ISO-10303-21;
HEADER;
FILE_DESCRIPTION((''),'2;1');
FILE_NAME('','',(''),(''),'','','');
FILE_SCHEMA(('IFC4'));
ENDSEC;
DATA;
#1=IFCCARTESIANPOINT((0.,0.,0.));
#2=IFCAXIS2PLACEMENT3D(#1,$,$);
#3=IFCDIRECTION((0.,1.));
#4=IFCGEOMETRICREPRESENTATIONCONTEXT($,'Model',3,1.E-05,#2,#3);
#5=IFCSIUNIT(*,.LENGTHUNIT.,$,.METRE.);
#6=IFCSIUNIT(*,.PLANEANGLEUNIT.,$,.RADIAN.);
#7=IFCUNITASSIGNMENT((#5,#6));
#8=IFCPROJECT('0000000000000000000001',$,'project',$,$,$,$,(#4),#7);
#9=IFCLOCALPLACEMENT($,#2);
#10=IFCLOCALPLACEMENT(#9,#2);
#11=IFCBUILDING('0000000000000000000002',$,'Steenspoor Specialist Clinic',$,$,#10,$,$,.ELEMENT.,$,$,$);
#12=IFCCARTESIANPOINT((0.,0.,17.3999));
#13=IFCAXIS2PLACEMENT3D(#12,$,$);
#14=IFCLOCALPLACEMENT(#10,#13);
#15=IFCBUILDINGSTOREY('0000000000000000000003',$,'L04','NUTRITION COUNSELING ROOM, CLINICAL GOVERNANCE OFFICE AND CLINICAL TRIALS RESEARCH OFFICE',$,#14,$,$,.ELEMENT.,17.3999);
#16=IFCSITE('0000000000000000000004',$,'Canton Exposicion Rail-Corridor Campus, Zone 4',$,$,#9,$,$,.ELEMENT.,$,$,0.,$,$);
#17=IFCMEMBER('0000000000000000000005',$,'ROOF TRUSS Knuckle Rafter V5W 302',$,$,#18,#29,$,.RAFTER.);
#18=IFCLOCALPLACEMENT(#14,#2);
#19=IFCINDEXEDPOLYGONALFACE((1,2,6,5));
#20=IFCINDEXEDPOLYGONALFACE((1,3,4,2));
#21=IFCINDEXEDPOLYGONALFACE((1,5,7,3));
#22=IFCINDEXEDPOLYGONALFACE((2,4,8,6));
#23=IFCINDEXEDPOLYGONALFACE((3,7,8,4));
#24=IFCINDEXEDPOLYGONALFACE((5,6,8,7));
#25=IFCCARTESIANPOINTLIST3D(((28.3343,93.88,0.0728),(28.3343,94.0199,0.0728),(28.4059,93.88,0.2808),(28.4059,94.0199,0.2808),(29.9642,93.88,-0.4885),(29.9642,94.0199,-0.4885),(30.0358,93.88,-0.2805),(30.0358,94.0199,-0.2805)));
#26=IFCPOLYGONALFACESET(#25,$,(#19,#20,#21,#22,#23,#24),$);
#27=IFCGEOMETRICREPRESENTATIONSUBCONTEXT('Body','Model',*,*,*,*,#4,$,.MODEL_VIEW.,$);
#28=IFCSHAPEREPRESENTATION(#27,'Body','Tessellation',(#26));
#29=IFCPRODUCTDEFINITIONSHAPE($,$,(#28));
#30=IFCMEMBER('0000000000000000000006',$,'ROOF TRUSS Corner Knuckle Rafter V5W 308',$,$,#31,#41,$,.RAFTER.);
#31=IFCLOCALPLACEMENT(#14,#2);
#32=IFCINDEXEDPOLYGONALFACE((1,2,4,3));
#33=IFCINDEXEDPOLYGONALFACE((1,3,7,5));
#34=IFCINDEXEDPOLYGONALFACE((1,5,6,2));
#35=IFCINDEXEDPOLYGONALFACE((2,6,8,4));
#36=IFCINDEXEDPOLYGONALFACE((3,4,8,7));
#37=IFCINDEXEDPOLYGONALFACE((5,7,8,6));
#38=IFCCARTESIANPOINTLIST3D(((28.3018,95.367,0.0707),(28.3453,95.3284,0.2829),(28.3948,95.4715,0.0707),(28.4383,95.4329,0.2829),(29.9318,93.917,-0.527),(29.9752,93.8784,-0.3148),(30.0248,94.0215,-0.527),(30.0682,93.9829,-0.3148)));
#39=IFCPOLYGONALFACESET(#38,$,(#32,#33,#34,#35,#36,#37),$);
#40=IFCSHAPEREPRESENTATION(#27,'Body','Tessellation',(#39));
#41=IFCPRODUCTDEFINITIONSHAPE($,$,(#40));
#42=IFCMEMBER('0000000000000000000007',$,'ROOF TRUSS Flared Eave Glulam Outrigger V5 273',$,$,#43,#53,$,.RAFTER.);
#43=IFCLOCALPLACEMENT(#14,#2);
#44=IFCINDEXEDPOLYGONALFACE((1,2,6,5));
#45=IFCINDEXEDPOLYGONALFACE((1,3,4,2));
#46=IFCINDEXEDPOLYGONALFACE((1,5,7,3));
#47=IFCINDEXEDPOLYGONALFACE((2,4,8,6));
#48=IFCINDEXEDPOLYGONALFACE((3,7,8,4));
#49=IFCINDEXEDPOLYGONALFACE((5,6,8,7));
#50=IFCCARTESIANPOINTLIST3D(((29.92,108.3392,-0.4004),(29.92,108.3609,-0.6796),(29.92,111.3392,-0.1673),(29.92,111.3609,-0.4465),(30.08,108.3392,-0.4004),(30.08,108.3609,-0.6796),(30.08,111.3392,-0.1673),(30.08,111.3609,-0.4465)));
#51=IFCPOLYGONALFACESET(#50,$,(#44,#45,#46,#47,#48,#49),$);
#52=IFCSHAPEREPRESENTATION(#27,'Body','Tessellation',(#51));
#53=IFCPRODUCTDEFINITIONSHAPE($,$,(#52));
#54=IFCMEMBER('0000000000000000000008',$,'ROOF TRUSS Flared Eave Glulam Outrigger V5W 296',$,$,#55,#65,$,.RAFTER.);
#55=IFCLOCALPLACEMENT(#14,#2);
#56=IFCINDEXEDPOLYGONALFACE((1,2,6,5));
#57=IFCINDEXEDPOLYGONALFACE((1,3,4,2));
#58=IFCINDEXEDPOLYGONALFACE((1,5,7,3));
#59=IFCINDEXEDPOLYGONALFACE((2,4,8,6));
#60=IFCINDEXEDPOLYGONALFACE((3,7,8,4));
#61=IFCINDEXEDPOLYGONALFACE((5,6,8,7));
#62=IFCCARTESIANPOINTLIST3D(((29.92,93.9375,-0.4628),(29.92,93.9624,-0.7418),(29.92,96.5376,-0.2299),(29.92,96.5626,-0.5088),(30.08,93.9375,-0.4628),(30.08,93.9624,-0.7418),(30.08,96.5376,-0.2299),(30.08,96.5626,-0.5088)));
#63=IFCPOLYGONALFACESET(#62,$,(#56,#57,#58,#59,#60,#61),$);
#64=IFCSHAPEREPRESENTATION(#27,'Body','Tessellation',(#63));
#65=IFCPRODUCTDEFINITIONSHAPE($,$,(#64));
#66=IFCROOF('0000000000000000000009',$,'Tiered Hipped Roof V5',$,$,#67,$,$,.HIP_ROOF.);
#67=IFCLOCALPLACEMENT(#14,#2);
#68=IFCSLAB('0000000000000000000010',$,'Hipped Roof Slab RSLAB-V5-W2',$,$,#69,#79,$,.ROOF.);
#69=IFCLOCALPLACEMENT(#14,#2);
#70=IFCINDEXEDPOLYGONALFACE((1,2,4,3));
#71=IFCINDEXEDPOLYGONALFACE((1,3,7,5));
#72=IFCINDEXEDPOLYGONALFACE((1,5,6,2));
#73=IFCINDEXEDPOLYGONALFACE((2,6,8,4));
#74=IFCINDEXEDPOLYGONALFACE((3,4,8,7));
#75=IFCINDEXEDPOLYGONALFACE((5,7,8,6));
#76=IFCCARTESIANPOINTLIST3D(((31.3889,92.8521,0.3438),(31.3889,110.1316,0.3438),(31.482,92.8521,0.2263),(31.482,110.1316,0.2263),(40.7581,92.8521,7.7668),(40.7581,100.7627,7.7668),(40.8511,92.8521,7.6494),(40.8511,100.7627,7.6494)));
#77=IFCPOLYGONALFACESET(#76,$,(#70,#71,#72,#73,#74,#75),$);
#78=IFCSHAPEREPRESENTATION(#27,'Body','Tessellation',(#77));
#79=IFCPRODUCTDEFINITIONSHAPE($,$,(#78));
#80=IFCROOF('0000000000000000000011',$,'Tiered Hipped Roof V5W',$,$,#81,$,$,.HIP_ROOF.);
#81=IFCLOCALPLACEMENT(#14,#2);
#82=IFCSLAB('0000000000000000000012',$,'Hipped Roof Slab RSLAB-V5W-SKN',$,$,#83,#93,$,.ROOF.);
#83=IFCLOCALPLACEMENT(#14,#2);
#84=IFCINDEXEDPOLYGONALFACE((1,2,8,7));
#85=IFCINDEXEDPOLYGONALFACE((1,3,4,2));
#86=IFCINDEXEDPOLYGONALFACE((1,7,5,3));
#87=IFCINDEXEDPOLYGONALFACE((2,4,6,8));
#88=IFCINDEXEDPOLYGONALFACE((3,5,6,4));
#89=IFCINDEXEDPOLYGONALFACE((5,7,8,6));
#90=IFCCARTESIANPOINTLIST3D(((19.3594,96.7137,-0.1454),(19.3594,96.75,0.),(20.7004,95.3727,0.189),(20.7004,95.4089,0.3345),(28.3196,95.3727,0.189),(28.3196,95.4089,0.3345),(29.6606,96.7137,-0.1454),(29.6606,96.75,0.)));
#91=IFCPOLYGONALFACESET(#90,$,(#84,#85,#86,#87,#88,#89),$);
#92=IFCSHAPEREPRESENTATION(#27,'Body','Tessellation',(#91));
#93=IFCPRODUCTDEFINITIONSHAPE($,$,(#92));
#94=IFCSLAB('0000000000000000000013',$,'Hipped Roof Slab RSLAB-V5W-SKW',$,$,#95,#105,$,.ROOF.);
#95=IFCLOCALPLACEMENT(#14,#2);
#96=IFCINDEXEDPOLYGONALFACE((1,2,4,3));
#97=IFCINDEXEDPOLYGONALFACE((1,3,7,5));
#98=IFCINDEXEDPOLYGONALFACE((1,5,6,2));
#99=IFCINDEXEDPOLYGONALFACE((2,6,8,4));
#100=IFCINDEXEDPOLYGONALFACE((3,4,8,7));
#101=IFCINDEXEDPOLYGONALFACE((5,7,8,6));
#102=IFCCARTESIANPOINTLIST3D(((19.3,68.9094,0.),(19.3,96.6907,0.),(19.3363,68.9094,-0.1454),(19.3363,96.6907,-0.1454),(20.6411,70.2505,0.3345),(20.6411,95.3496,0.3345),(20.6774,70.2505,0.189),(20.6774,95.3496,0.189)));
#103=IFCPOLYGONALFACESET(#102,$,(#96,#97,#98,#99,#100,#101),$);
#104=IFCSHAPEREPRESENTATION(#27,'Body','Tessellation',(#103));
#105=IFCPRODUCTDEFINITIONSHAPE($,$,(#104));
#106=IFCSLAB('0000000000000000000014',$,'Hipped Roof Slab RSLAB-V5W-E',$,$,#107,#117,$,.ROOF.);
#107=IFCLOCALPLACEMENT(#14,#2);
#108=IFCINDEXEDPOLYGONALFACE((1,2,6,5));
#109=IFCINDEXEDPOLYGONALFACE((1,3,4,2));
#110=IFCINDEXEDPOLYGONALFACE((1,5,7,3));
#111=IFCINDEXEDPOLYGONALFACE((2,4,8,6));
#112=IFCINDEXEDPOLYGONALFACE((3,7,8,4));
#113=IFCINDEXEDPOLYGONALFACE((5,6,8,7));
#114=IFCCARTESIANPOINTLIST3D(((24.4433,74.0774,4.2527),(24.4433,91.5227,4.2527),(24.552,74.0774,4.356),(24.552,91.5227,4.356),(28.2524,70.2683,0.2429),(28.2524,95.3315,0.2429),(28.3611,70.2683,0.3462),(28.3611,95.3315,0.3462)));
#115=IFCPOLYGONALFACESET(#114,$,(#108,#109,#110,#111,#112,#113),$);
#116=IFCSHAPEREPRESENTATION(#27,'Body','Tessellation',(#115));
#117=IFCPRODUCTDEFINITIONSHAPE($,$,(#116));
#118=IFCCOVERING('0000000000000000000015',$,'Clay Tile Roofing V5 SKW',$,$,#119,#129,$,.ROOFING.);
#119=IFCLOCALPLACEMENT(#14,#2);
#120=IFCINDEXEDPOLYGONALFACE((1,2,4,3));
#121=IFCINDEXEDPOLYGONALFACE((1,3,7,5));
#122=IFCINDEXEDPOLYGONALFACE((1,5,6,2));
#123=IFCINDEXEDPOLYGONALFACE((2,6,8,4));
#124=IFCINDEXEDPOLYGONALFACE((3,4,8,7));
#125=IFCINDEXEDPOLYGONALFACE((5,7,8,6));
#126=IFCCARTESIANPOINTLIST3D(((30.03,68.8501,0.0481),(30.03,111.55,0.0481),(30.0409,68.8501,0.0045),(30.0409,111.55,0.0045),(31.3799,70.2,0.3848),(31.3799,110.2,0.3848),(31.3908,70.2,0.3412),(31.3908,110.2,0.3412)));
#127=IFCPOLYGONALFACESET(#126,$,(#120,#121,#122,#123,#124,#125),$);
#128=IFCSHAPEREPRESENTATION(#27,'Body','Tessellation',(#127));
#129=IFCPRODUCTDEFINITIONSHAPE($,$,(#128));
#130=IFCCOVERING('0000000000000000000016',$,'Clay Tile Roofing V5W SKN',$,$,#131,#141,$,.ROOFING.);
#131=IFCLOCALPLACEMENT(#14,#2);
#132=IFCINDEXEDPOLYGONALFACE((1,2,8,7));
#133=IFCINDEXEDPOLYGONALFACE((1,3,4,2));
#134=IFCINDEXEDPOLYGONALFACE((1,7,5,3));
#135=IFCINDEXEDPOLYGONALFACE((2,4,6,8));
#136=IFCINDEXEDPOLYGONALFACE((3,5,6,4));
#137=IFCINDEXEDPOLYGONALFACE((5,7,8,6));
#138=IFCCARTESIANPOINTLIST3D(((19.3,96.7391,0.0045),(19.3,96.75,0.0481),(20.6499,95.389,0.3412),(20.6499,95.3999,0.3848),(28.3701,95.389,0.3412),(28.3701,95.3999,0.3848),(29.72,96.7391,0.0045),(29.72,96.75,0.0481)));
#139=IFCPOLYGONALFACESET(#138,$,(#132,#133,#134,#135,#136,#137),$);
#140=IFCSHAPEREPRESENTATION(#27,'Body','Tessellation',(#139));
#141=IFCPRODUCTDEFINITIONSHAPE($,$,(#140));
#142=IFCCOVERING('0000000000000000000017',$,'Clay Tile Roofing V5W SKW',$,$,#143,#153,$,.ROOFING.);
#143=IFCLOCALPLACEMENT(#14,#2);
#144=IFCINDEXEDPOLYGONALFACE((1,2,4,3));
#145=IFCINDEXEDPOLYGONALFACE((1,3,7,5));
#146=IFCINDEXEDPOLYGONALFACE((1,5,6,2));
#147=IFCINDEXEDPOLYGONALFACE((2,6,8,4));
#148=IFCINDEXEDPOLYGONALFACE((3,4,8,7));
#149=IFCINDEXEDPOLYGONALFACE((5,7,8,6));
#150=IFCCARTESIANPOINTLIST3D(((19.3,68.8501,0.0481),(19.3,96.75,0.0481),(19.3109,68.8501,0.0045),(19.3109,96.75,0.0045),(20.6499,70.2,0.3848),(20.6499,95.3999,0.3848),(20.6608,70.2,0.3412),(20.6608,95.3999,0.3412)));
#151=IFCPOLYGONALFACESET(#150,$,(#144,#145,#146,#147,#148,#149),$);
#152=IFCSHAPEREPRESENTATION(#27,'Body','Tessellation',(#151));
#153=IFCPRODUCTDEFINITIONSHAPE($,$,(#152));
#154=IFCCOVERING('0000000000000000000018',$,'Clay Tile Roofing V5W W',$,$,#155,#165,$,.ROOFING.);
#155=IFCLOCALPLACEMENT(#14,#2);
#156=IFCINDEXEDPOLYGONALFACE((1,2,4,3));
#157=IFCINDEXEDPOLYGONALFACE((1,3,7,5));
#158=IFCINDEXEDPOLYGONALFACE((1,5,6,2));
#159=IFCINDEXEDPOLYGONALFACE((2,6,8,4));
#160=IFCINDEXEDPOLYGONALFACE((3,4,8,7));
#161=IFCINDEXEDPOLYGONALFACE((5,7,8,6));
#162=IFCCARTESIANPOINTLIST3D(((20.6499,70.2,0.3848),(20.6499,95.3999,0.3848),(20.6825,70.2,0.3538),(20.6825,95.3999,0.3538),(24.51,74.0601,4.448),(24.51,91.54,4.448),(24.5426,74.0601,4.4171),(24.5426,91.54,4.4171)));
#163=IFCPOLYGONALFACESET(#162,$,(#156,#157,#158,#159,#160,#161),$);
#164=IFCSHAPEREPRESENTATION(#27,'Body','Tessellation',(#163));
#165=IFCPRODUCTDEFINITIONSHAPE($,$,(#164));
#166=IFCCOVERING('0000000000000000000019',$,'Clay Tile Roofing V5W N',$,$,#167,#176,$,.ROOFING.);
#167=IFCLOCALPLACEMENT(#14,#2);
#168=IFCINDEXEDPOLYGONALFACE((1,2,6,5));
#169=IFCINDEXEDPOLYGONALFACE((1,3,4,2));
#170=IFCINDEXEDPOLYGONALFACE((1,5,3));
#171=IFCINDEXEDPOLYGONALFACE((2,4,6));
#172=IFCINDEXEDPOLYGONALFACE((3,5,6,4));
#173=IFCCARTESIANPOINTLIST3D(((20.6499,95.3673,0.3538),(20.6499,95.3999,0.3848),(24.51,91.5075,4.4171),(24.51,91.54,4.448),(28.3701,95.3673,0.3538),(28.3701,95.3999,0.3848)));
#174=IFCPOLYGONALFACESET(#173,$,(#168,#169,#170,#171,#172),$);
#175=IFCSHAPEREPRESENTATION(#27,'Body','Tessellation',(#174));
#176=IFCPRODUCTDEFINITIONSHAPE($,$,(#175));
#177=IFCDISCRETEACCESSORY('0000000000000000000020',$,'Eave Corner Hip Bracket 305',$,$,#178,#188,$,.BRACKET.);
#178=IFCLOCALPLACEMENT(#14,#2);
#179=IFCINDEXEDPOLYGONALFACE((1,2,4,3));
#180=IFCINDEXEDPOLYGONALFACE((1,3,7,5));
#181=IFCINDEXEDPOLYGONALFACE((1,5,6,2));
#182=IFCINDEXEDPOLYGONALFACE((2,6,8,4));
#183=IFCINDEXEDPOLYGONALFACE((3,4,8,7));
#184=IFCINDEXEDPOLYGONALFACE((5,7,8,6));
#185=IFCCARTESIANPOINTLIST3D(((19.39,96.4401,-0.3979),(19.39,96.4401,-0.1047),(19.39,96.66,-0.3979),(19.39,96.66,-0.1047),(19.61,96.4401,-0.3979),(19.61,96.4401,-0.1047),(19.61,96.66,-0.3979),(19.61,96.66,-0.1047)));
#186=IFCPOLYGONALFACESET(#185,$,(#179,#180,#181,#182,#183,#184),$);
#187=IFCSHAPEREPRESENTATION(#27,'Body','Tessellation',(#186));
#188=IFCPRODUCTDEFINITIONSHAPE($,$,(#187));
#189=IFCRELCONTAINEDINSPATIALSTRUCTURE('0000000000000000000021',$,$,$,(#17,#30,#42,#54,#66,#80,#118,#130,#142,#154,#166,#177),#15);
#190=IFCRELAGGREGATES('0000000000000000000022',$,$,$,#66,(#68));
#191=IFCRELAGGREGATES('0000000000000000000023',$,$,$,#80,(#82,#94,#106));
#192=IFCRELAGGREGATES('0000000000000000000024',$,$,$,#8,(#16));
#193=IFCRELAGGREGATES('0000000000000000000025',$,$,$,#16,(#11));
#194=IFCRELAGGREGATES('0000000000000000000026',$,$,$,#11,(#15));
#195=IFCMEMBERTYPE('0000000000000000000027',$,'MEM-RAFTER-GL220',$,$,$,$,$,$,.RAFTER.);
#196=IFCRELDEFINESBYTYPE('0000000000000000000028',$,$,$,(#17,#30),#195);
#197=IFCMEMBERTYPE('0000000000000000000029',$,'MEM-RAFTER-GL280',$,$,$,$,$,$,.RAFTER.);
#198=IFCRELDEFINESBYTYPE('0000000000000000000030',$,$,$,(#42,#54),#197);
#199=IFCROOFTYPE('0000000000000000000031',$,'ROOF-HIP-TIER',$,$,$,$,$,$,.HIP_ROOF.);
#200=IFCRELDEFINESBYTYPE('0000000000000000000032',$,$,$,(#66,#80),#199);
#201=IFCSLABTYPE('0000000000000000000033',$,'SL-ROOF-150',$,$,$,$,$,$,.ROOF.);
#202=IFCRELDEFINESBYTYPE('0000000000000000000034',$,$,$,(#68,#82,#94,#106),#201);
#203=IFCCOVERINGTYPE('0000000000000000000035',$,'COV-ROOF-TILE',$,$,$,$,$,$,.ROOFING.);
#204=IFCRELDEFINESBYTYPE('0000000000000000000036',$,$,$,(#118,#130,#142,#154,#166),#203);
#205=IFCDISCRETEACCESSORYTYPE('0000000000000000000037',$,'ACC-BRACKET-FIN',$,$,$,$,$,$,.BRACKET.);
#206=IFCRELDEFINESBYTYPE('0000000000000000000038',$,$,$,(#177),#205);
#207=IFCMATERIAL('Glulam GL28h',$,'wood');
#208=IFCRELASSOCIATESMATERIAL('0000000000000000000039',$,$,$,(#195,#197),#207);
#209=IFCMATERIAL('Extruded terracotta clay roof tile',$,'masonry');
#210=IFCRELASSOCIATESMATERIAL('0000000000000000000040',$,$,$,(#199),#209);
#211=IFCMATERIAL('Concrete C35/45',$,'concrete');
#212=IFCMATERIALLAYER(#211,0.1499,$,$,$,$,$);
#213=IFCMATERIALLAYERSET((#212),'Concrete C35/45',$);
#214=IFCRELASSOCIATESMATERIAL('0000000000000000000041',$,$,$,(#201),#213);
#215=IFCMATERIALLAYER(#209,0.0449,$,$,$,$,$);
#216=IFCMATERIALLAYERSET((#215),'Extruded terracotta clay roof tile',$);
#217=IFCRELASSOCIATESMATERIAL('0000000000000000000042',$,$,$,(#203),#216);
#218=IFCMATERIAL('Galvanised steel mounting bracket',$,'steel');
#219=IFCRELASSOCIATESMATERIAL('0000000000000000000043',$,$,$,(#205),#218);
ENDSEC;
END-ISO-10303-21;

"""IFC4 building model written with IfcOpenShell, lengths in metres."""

from ifc_helpers import new_model, si_unit, direction, frame, origin, origin_2d, place, context, subcontext, project, spatial, polyline, rectangle, outline, extrude, material, layer, layer_set, material_profile, profile_set, type_object, element, aggregate, save


model = new_model("IFC4")

# Units and contexts
model_context = context("Model", 3, precision=1e-05, world=origin(), true_north=direction((0.0, 1.0)))
body_context = subcontext(model_context, "Body", "Model", "MODEL_VIEW")
ifc_project = project(units=[si_unit("LENGTHUNIT", "METRE"), si_unit("PLANEANGLEUNIT", "RADIAN")], contexts=[model_context])

# Site, building, storey
site_placement = place(None, origin())
site = spatial("IfcSite", under=ifc_project, at=site_placement, Name="Canton Exposicion Rail-Corridor Campus, Zone 4", CompositionType="ELEMENT", RefElevation=0.0)
building_placement = place(site_placement, origin())
building = spatial("IfcBuilding", under=site, at=building_placement, Name="Steenspoor Specialist Clinic", CompositionType="ELEMENT")
storey_placement = place(building_placement, frame((0.0, 0.0, 17.3999)))
storey = spatial("IfcBuildingStorey", under=building, at=storey_placement, Name="L04", Description="NUTRITION COUNSELING ROOM, CLINICAL GOVERNANCE OFFICE AND CLINICAL TRIALS RESEARCH OFFICE", CompositionType="ELEMENT", Elevation=17.3999)

# Members
ifc_material_1 = material(Name="Glulam GL28h", Category="wood")
ifc_material_profile_1 = material_profile(ifc_material_1, rectangle(XDim=0.1399, YDim=0.22, at=origin_2d()), Name="GL28H-140X220")
ifc_profile_set_1 = profile_set([ifc_material_profile_1], Name="Glulam GL28h")
member_type_1 = type_object("IfcMemberType", Name="MEM-RAFTER-GL220", PredefinedType="RAFTER", material=ifc_profile_set_1)
member_1_placement = place(storey_placement, frame((30.0, 93.95, -0.3845), z_axis=(-0.945507, 0.0, 0.325602), x_axis=(0.0, -1.0, 0.0)))
element("IfcMember", 1, at=member_1_placement, inside=storey, type_object=member_type_1, Name="ROOF TRUSS Knuckle Rafter V5W 302", PredefinedType="RAFTER", context=body_context, shape_type="SweptSolid", body=[
    extrude(rectangle(XDim=0.1399, YDim=0.22, at=origin_2d()), origin(), (0.0, 0.0, 1.0), 1.7239),
])
member_2_placement = place(storey_placement, frame((30.0, 93.95, -0.4209), z_axis=(-0.72059, 0.64104, 0.264231), x_axis=(-0.664662, -0.747144, 0.0)))
element("IfcMember", 2, at=member_2_placement, inside=storey, type_object=member_type_1, Name="ROOF TRUSS Corner Knuckle Rafter V5W 308", PredefinedType="RAFTER", context=body_context, shape_type="SweptSolid", body=[
    extrude(rectangle(XDim=0.1399, YDim=0.22, at=origin_2d()), origin(), (0.0, 0.0, 1.0), 2.262),
])
ifc_material_profile_2 = material_profile(ifc_material_1, rectangle(XDim=0.1599, YDim=0.28, at=origin_2d()), Name="GL28H-160X280")
ifc_profile_set_2 = profile_set([ifc_material_profile_2], Name="Glulam GL28h")
member_type_2 = type_object("IfcMemberType", Name="MEM-RAFTER-GL280", PredefinedType="RAFTER", material=ifc_profile_set_2)
member_3_placement = place(storey_placement, frame((30.0, 108.3501, -0.54), z_axis=(0.0, 0.996994, 0.077484), x_axis=(-1.0, 0.0, 0.0)))
element("IfcMember", 3, at=member_3_placement, inside=storey, type_object=member_type_2, Name="ROOF TRUSS Flared Eave Glulam Outrigger V5 273", PredefinedType="RAFTER", context=body_context, shape_type="SweptSolid", body=[
    extrude(rectangle(XDim=0.1599, YDim=0.28, at=origin_2d()), origin(), (0.0, 0.0, 1.0), 3.009),
])
member_4_placement = place(storey_placement, frame((30.0, 93.95, -0.6023), z_axis=(0.0, 0.996012, 0.08922), x_axis=(-1.0, 0.0, 0.0)))
element("IfcMember", 4, at=member_4_placement, inside=storey, type_object=member_type_2, Name="ROOF TRUSS Flared Eave Glulam Outrigger V5W 296", PredefinedType="RAFTER", context=body_context, shape_type="SweptSolid", body=[
    extrude(rectangle(XDim=0.1599, YDim=0.28, at=origin_2d()), origin(), (0.0, 0.0, 1.0), 2.6106),
])

# Roofs, slabs
ifc_material_2 = material(Name="Extruded terracotta clay roof tile", Category="masonry")
roof_type = type_object("IfcRoofType", Name="ROOF-HIP-TIER", PredefinedType="HIP_ROOF", material=ifc_material_2)
roof_1_placement = place(storey_placement, origin())
roof_1 = element("IfcRoof", 5, at=roof_1_placement, inside=storey, type_object=roof_type, Name="Tiered Hipped Roof V5", PredefinedType="HIP_ROOF")
ifc_material_3 = material(Name="Concrete C35/45", Category="concrete")
ifc_layer_1 = layer(ifc_material_3, 0.1499)
ifc_layer_set_1 = layer_set([ifc_layer_1], Name="Concrete C35/45")
slab_type = type_object("IfcSlabType", Name="SL-ROOF-150", PredefinedType="ROOF", material=ifc_layer_set_1)
slab_1_placement = place(storey_placement, frame((31.3889, 110.1316, 0.3438), z_axis=(-0.621004, 0.0, 0.783807), x_axis=(0.0, -1.0, 0.0)))
slab_1 = element("IfcSlab", 6, at=slab_1_placement, type_object=slab_type, Name="Hipped Roof Slab RSLAB-V5-W2", PredefinedType="ROOF", context=body_context, shape_type="SweptSolid", body=[
    extrude(outline(polyline([(0.0, 0.0), (17.2795, 0.0), (17.2795, 11.9534), (9.3689, 11.9534), (0.0, 0.0)])), origin(), (0.0, 0.0, -1.0), 0.1499),
])
aggregate(roof_1, [slab_1])
roof_2_placement = place(storey_placement, origin())
roof_2 = element("IfcRoof", 7, at=roof_2_placement, inside=storey, type_object=roof_type, Name="Tiered Hipped Roof V5W", PredefinedType="HIP_ROOF")
slab_2_placement = place(storey_placement, frame((28.3196, 95.4089, 0.3345), z_axis=(0.0, 0.241995, 0.970277), x_axis=(0.696361, 0.696361, -0.173678)))
slab_2 = element("IfcSlab", 8, at=slab_2_placement, type_object=slab_type, Name="Hipped Roof Slab RSLAB-V5W-SKN", PredefinedType="ROOF", context=body_context, shape_type="SweptSolid", body=[
    extrude(outline(polyline([(0.0, 0.0), (1.9258, 0.0), (-5.2476, 7.3931), (-5.3057, 5.4682), (0.0, 0.0)])), origin(), (0.0, 0.0, -1.0), 0.1499),
])
slab_3_placement = place(storey_placement, frame((20.6411, 95.3496, 0.3345), z_axis=(-0.241995, 0.0, 0.970277), x_axis=(-0.696361, 0.696361, -0.173678)))
slab_3 = element("IfcSlab", 9, at=slab_3_placement, type_object=slab_type, Name="Hipped Roof Slab RSLAB-V5W-SKW", PredefinedType="ROOF", context=body_context, shape_type="SweptSolid", body=[
    extrude(outline(polyline([(0.0, 0.0), (1.9258, 0.0), (-17.4199, 19.9384), (-17.478, 18.0134), (0.0, 0.0)])), origin(), (0.0, 0.0, -1.0), 0.1499),
])
slab_4_placement = place(storey_placement, frame((28.3611, 95.3315, 0.3462), z_axis=(0.725017, 0.0, 0.688731), x_axis=(-0.567229, -0.567192, 0.597113)))
slab_4 = element("IfcSlab", 10, at=slab_4_placement, type_object=slab_type, Name="Hipped Roof Slab RSLAB-V5W-E", PredefinedType="ROOF", context=body_context, shape_type="SweptSolid", body=[
    extrude(outline(polyline([(0.0, 0.0), (6.7152, 0.0), (16.6101, 14.3677), (14.2157, 20.6417), (0.0, 0.0)])), origin(), (0.0, 0.0, -1.0), 0.1499),
])
aggregate(roof_2, [slab_2, slab_3, slab_4])

# Coverings
ifc_layer_2 = layer(ifc_material_2, 0.0449)
ifc_layer_set_2 = layer_set([ifc_layer_2], Name="Extruded terracotta clay roof tile")
covering_type = type_object("IfcCoveringType", Name="COV-ROOF-TILE", PredefinedType="ROOFING", material=ifc_layer_set_2)
covering_1_placement = place(storey_placement, frame((30.03, 111.55, 0.0481), z_axis=(-0.241999, 0.0, 0.970277), x_axis=(0.0, -1.0, 0.0)))
element("IfcCovering", 11, at=covering_1_placement, inside=storey, type_object=covering_type, Name="Clay Tile Roofing V5 SKW", PredefinedType="ROOFING", context=body_context, shape_type="SweptSolid", body=[
    extrude(outline(polyline([(0.0, 0.0), (42.7, 0.0), (41.3501, 1.3912), (1.3501, 1.3912), (0.0, 0.0)])), origin(), (0.0, 0.0, -1.0), 0.0449),
])
covering_2_placement = place(storey_placement, frame((29.72, 96.75, 0.0481), z_axis=(0.0, 0.241958, 0.970287), x_axis=(-1.0, 0.0, 0.0)))
element("IfcCovering", 12, at=covering_2_placement, inside=storey, type_object=covering_type, Name="Clay Tile Roofing V5W SKN", PredefinedType="ROOFING", context=body_context, shape_type="SweptSolid", body=[
    extrude(outline(polyline([(0.0, 0.0), (10.4199, 0.0), (9.0701, 1.3914), (1.3499, 1.3914), (0.0, 0.0)])), origin(), (0.0, 0.0, -1.0), 0.0449),
])
covering_3_placement = place(storey_placement, frame((19.3, 96.75, 0.0481), z_axis=(-0.241999, 0.0, 0.970277), x_axis=(0.0, -1.0, 0.0)))
element("IfcCovering", 13, at=covering_3_placement, inside=storey, type_object=covering_type, Name="Clay Tile Roofing V5W SKW", PredefinedType="ROOFING", context=body_context, shape_type="SweptSolid", body=[
    extrude(outline(polyline([(0.0, 0.0), (27.8999, 0.0), (26.55, 1.3912), (1.3501, 1.3912), (0.0, 0.0)])), origin(), (0.0, 0.0, -1.0), 0.0449),
])
covering_4_placement = place(storey_placement, frame((20.6499, 95.3999, 0.3848), z_axis=(-0.724996, 0.0, 0.688753), x_axis=(0.0, -1.0, 0.0)))
element("IfcCovering", 14, at=covering_4_placement, inside=storey, type_object=covering_type, Name="Clay Tile Roofing V5W W", PredefinedType="ROOFING", context=body_context, shape_type="SweptSolid", body=[
    extrude(outline(polyline([(0.0, 0.0), (25.2, 0.0), (21.3398, 5.6045), (3.8599, 5.6045), (0.0, 0.0)])), origin(), (0.0, 0.0, -1.0), 0.0449),
])
covering_5_placement = place(storey_placement, frame((28.3701, 95.3999, 0.3848), z_axis=(0.0, 0.725018, 0.68873), x_axis=(-1.0, 0.0, 0.0)))
element("IfcCovering", 15, at=covering_5_placement, inside=storey, type_object=covering_type, Name="Clay Tile Roofing V5W N", PredefinedType="ROOFING", context=body_context, shape_type="SweptSolid", body=[
    extrude(outline(polyline([(0.0, 0.0), (7.7202, 0.0), (3.8601, 5.6043), (0.0, 0.0)])), origin(), (0.0, 0.0, -1.0), 0.0449),
])

# Discrete accessory
ifc_material_4 = material(Name="Galvanised steel mounting bracket", Category="steel")
discrete_accessory_type = type_object("IfcDiscreteAccessoryType", Name="ACC-BRACKET-FIN", PredefinedType="BRACKET", material=ifc_material_4)
discrete_accessory_placement = place(storey_placement, frame((19.5, 96.55, -0.3979), z_axis=(0.0, 0.0, 1.0), x_axis=(1.0, 0.0, 0.0)))
element("IfcDiscreteAccessory", 16, at=discrete_accessory_placement, inside=storey, type_object=discrete_accessory_type, Name="Eave Corner Hip Bracket 305", PredefinedType="BRACKET", context=body_context, shape_type="SweptSolid", body=[
    extrude(rectangle(XDim=0.22, YDim=0.22, at=origin_2d()), origin(), (0.0, 0.0, 1.0), 0.2932),
])

save(model, "model.ifc")
